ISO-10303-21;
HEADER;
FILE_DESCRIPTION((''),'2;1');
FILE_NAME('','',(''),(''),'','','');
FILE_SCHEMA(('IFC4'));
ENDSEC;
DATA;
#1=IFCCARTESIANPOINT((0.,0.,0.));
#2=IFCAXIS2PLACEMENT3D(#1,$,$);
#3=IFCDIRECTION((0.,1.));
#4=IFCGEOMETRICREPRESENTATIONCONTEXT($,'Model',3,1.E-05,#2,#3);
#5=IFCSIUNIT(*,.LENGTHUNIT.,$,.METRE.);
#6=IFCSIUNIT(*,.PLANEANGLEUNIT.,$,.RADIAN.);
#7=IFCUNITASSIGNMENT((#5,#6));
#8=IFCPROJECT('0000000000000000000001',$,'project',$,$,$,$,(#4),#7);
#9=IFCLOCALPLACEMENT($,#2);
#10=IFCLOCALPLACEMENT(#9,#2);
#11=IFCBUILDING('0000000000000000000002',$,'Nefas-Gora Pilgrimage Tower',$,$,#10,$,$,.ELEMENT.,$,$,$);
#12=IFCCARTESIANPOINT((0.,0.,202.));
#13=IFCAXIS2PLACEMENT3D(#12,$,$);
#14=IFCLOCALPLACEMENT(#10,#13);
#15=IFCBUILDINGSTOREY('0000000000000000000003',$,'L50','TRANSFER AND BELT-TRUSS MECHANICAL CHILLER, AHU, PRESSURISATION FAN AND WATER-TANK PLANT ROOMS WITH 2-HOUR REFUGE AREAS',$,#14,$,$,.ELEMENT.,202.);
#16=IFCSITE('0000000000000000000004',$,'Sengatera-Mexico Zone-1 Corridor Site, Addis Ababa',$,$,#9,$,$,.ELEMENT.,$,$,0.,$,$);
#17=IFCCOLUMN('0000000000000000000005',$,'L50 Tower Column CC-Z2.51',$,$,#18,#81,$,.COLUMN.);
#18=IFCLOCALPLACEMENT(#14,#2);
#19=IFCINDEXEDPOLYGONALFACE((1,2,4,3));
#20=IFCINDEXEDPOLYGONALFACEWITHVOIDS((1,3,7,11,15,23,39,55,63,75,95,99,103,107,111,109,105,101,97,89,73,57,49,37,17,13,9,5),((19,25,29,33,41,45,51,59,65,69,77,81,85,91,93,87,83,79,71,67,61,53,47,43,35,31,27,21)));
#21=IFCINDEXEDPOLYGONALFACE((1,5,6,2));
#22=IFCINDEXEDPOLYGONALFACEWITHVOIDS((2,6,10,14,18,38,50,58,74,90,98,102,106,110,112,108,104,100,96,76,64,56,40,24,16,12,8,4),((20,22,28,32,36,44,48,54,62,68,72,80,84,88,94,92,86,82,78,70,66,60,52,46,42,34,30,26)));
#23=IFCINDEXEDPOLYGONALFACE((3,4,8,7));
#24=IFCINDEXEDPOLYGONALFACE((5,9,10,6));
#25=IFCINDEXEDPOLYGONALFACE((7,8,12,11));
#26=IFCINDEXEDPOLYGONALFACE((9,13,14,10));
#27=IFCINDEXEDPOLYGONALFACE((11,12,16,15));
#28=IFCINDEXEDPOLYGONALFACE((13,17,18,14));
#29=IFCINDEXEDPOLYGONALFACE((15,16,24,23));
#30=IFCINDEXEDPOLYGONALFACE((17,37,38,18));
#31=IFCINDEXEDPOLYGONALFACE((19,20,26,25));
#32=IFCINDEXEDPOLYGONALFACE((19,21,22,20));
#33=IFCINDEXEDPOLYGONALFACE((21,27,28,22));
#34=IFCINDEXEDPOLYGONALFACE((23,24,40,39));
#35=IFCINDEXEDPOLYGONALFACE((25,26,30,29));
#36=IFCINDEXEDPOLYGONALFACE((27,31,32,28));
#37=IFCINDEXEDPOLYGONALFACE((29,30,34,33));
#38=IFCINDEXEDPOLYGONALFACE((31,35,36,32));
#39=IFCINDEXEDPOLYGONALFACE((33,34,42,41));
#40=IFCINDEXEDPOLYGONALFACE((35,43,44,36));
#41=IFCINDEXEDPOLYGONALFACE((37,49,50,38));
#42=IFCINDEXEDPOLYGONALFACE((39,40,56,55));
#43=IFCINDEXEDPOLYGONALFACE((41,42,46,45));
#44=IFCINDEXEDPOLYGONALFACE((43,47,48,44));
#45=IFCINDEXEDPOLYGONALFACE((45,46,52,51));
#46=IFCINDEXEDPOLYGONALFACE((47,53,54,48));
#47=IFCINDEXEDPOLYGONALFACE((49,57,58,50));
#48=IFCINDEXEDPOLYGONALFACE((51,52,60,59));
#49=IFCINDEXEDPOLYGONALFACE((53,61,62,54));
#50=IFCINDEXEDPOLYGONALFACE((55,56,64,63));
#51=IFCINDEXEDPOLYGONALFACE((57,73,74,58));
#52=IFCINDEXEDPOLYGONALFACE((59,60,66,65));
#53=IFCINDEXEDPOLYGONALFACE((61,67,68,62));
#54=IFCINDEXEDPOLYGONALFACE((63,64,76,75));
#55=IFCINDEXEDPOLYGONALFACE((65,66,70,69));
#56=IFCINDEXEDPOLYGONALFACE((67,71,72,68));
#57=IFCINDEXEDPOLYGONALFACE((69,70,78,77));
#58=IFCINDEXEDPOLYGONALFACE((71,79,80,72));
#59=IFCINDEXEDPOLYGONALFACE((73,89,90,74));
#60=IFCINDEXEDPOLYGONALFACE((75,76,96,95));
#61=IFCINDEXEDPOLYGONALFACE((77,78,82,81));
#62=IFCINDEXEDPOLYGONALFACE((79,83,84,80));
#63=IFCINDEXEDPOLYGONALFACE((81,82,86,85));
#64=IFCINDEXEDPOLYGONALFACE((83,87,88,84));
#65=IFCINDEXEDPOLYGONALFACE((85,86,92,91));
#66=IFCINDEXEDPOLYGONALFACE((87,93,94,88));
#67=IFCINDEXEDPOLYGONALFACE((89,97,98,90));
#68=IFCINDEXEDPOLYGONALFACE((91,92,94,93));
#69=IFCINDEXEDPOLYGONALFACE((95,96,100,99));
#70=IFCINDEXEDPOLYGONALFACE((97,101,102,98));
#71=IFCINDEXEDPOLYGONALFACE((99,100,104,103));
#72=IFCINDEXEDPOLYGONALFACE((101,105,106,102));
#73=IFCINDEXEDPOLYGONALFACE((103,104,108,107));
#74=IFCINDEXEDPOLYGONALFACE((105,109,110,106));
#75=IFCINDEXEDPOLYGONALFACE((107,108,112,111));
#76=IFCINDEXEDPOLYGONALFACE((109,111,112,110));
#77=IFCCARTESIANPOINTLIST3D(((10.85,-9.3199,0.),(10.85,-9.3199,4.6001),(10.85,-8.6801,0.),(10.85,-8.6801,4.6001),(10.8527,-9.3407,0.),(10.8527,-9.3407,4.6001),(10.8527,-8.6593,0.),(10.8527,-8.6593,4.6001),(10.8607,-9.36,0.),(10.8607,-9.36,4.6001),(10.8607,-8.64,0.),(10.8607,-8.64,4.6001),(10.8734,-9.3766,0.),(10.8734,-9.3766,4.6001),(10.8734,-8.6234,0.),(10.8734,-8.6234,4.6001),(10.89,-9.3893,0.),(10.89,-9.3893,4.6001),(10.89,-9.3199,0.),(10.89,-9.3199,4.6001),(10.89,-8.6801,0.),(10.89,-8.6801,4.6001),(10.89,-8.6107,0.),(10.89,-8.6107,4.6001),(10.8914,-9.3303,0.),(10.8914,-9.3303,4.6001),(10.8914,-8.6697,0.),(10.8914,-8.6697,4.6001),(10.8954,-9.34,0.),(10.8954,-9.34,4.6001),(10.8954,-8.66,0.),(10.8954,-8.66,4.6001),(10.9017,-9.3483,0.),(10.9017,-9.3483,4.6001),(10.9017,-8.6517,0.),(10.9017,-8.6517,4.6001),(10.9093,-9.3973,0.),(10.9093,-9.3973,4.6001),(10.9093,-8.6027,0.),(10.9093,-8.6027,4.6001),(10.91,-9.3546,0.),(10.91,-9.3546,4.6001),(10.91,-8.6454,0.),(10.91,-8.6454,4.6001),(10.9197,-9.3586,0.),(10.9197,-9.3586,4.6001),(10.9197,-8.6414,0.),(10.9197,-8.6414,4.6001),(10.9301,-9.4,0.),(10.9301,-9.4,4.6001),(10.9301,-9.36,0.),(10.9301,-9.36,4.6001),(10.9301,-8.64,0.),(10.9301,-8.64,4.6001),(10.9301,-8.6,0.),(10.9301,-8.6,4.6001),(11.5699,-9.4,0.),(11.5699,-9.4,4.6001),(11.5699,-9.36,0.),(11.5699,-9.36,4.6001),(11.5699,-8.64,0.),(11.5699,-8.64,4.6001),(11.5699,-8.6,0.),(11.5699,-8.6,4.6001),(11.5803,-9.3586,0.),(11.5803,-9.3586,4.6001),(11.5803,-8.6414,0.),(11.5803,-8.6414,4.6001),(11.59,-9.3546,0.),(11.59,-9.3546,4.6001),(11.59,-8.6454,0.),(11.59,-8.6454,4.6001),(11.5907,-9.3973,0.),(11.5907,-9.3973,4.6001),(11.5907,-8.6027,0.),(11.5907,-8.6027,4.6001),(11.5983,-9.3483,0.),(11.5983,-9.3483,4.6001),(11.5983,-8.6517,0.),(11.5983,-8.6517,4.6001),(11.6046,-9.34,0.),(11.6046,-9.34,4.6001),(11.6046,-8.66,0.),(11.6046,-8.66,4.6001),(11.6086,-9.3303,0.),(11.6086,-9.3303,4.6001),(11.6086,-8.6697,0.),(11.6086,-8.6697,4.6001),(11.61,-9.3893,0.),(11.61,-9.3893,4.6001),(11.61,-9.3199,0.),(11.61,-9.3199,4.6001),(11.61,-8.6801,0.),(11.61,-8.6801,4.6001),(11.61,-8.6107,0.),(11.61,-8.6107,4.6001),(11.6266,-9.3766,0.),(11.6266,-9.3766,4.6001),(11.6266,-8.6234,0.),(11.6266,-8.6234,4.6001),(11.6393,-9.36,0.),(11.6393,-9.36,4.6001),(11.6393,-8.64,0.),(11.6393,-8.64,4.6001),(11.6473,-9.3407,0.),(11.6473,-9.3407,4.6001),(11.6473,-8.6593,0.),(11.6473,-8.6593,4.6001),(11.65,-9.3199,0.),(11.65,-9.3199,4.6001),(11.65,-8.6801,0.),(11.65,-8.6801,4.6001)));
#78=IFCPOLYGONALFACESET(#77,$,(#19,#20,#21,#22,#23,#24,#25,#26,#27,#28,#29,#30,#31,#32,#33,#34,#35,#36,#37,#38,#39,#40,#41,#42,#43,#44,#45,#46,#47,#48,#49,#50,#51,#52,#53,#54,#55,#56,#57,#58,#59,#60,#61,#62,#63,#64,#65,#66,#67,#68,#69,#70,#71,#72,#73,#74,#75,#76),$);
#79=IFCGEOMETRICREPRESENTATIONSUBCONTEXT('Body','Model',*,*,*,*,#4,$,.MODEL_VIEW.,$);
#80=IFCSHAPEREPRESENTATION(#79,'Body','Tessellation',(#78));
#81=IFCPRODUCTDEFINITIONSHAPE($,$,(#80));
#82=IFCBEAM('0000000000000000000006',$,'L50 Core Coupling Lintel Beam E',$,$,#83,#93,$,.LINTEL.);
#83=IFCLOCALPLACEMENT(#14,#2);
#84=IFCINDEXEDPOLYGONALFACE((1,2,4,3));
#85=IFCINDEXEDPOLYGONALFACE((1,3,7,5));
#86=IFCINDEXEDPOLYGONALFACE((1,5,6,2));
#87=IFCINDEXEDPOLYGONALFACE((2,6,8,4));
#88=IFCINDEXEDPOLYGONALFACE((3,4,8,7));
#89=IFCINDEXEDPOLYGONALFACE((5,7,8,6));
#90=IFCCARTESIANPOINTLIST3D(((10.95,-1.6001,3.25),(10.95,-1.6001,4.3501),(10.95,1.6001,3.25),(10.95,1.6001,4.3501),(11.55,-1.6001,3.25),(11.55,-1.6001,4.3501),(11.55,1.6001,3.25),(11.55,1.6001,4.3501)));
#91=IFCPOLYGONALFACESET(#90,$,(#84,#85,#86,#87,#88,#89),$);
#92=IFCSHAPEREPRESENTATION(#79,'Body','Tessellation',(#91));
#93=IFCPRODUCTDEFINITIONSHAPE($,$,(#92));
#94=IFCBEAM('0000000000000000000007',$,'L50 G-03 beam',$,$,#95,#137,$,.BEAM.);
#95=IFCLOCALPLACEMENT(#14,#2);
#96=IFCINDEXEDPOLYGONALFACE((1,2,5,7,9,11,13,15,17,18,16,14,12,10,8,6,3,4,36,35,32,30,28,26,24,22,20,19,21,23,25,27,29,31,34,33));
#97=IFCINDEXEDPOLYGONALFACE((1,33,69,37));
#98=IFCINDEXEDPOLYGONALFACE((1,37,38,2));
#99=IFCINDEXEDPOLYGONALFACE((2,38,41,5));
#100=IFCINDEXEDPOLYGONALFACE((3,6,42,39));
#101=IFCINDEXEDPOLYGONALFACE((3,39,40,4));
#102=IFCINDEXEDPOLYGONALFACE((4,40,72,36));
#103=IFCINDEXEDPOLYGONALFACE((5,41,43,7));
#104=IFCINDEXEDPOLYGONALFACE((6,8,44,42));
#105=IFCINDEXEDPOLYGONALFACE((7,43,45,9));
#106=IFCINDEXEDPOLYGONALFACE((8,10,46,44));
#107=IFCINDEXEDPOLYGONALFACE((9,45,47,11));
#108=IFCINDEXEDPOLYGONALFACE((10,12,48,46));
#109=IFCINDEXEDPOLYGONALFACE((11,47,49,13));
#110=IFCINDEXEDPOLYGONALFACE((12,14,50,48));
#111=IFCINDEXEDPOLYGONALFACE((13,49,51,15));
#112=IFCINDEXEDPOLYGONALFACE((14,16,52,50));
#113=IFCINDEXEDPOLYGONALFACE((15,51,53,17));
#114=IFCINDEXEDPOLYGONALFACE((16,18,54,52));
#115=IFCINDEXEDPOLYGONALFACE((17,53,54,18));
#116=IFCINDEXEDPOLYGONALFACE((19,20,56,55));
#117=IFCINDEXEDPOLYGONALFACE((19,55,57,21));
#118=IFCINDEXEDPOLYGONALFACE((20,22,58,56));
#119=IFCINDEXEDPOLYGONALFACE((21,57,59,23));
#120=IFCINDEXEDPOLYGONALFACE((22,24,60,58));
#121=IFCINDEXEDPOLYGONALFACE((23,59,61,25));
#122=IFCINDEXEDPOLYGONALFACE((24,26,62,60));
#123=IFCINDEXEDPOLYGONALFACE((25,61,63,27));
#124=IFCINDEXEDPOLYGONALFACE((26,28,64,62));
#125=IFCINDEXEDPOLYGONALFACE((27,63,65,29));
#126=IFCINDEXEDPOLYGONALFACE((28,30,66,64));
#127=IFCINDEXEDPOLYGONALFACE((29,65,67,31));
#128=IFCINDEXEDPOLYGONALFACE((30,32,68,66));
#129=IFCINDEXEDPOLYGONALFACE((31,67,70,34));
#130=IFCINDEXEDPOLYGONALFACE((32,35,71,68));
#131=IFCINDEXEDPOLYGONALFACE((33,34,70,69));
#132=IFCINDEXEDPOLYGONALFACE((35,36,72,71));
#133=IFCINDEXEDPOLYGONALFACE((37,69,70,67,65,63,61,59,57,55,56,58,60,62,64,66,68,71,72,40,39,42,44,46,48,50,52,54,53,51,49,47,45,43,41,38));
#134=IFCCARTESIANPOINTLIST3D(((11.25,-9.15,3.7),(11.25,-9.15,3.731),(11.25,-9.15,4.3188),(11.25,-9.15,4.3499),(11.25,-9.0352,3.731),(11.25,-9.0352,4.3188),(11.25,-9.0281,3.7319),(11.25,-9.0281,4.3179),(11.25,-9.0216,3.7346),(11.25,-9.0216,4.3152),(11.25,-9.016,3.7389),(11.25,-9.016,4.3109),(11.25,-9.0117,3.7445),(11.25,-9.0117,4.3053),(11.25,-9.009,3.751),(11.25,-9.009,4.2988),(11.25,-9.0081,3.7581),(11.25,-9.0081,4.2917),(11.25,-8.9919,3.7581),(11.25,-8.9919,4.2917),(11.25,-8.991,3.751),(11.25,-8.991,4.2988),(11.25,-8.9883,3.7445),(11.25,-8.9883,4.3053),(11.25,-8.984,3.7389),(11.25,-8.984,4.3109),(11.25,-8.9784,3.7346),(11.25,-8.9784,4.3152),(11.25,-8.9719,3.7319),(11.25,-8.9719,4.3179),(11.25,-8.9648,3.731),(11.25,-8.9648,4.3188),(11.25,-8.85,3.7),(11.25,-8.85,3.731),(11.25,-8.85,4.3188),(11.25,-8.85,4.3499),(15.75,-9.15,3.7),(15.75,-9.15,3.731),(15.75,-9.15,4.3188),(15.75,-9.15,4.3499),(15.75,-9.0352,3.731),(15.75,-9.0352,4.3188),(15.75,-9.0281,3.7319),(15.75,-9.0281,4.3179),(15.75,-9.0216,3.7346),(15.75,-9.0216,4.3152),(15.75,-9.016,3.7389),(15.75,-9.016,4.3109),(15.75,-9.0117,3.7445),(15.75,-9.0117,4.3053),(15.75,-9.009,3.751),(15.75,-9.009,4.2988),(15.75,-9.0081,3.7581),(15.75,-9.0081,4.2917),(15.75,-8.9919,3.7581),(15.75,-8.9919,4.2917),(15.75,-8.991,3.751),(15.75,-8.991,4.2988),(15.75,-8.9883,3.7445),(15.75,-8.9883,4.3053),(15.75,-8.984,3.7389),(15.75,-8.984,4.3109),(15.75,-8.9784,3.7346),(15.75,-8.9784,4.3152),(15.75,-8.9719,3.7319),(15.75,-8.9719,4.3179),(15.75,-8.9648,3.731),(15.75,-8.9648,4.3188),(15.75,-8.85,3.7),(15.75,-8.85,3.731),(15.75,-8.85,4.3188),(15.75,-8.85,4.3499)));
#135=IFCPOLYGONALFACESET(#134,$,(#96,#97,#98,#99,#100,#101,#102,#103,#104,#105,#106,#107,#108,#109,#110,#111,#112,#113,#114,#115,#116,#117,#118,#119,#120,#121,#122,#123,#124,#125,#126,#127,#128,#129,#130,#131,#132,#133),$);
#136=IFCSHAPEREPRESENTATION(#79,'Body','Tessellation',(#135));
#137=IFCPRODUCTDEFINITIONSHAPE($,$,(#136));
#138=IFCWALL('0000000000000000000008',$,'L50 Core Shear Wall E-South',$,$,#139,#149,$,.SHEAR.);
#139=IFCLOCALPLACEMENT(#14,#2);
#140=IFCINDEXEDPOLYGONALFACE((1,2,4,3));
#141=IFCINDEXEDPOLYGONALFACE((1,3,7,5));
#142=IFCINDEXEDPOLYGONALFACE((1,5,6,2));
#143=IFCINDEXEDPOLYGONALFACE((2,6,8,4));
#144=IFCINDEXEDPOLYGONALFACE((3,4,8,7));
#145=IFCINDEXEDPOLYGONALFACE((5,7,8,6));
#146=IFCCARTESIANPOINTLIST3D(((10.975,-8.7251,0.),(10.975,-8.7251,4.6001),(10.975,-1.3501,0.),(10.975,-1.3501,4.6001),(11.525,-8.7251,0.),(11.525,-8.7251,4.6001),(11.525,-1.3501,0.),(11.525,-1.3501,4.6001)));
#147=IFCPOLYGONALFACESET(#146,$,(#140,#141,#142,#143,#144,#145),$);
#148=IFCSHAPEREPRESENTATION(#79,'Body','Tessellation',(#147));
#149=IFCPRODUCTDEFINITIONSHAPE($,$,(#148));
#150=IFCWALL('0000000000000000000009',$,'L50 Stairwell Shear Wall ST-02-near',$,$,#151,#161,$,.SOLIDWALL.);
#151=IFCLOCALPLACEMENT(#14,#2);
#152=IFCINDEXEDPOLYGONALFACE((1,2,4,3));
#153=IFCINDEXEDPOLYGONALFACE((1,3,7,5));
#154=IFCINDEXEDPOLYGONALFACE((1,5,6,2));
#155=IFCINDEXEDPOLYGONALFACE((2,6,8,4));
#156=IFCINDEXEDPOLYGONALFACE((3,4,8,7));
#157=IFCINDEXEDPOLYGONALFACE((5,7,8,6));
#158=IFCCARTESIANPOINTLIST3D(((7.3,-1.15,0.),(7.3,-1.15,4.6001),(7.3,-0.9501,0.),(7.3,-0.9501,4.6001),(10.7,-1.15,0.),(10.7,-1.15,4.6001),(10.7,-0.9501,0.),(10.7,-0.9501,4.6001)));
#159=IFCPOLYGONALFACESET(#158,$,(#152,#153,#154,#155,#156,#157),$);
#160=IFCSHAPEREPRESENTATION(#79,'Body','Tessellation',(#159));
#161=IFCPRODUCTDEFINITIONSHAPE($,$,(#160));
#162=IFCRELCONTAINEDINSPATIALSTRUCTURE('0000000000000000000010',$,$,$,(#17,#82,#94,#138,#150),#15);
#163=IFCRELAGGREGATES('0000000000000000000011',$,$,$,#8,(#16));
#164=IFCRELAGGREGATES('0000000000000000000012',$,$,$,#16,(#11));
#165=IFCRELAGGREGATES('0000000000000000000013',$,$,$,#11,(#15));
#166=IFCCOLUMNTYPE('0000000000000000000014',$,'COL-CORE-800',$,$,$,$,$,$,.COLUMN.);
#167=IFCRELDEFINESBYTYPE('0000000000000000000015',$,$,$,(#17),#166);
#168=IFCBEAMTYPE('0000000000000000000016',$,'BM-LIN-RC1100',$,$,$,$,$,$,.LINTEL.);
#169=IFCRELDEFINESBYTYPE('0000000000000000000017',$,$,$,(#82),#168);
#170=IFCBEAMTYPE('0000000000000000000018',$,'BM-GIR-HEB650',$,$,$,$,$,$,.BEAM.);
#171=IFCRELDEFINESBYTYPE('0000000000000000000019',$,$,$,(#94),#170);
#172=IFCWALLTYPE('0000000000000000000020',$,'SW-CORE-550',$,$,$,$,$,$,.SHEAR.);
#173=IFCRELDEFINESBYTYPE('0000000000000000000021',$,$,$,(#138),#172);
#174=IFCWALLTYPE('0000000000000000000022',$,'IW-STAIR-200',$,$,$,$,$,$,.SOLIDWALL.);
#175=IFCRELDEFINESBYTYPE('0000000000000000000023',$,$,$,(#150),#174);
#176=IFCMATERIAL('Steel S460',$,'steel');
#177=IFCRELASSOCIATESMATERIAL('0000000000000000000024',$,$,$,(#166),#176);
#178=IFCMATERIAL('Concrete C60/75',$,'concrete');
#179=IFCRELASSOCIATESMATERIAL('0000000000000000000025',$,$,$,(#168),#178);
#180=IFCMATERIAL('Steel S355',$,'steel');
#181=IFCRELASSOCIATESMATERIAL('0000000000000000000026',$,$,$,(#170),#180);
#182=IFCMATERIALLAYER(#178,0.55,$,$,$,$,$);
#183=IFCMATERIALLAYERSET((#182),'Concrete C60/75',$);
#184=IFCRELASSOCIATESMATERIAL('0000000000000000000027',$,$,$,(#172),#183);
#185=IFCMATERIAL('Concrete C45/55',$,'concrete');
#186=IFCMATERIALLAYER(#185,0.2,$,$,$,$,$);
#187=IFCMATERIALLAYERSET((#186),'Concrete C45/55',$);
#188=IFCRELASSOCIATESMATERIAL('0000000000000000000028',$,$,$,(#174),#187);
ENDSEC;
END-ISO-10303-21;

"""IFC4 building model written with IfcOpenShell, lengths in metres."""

from ifc_helpers import new_model, si_unit, direction, frame, frame_2d, origin, origin_2d, place, context, subcontext, project, spatial, rectangle, hollow_rectangle, i_section, extrude, source, transform, mapped, material, layer, layer_set, material_profile, profile_set, type_object, element, save


model = new_model("IFC4")

# Units and contexts
model_context = context("Model", 3, precision=1e-05, world=origin(), true_north=direction((0.0, 1.0)))
body_context = subcontext(model_context, "Body", "Model", "MODEL_VIEW")
ifc_project = project(units=[si_unit("LENGTHUNIT", "METRE"), si_unit("PLANEANGLEUNIT", "RADIAN")], contexts=[model_context])

# Site, building, storey
site_placement = place(None, origin())
site = spatial("IfcSite", under=ifc_project, at=site_placement, Name="Sengatera-Mexico Zone-1 Corridor Site, Addis Ababa", CompositionType="ELEMENT", RefElevation=0.0)
building_placement = place(site_placement, origin())
building = spatial("IfcBuilding", under=site, at=building_placement, Name="Nefas-Gora Pilgrimage Tower", CompositionType="ELEMENT")
storey_placement = place(building_placement, frame((0.0, 0.0, 202.0)))
storey = spatial("IfcBuildingStorey", under=building, at=storey_placement, Name="L50", Description="TRANSFER AND BELT-TRUSS MECHANICAL CHILLER, AHU, PRESSURISATION FAN AND WATER-TANK PLANT ROOMS WITH 2-HOUR REFUGE AREAS", CompositionType="ELEMENT", Elevation=202.0)

# Column
ifc_material_1 = material(Name="Steel S460", Category="steel")
ifc_material_profile_1 = material_profile(ifc_material_1, hollow_rectangle(XDim=0.8, YDim=0.8, WallThickness=0.04, InnerFilletRadius=0.04, OuterFilletRadius=0.0801, at=origin_2d()), Name="BOX 800x800x40")
ifc_profile_set_1 = profile_set([ifc_material_profile_1], Name="Steel S460")
column_type = type_object("IfcColumnType", Name="COL-CORE-800", PredefinedType="COLUMN", material=ifc_profile_set_1)
shared_shape_1 = source(origin(), body_context, "Body", "SweptSolid", [
    extrude(hollow_rectangle(XDim=0.8, YDim=0.8, WallThickness=0.04, InnerFilletRadius=0.04, OuterFilletRadius=0.0801, at=origin_2d()), origin(), (0.0, 0.0, 1.0), 4.6001),
])
column_placement = place(storey_placement, frame((11.25, -9.0, 0.0), z_axis=(0.0, 0.0, 1.0), x_axis=(1.0, 0.0, 0.0)))
element("IfcColumn", 1, at=column_placement, inside=storey, type_object=column_type, Name="L50 Tower Column CC-Z2.51", PredefinedType="COLUMN", context=body_context, shape_type="MappedRepresentation", body=[
    mapped(shared_shape_1, transform((0.0, 0.0, 0.0), x_axis=(1.0, 0.0, 0.0), y_axis=(0.0, 1.0, 0.0), z_axis=(0.0, 0.0, 1.0), scale=1.0)),
])

# Beams
ifc_material_2 = material(Name="Concrete C60/75", Category="concrete")
ifc_material_profile_2 = material_profile(ifc_material_2, rectangle(XDim=0.6001, YDim=1.1001, at=origin_2d()), Name="RC 600x1100")
ifc_profile_set_2 = profile_set([ifc_material_profile_2], Name="Concrete C60/75")
beam_type_1 = type_object("IfcBeamType", Name="BM-LIN-RC1100", PredefinedType="LINTEL", material=ifc_profile_set_2)
shared_shape_2 = source(origin(), body_context, "Body", "SweptSolid", [
    extrude(rectangle(XDim=0.6001, YDim=1.1001, at=origin_2d()), origin(), (0.0, 0.0, 1.0), 3.2002),
])
beam_1_placement = place(storey_placement, frame((11.25, -1.6001, 3.8), z_axis=(0.0, 1.0, 0.0), x_axis=(-1.0, 0.0, 0.0)))
element("IfcBeam", 2, at=beam_1_placement, inside=storey, type_object=beam_type_1, Name="L50 Core Coupling Lintel Beam E", PredefinedType="LINTEL", context=body_context, shape_type="MappedRepresentation", body=[
    mapped(shared_shape_2, transform((0.0, 0.0, 0.0), x_axis=(1.0, 0.0, 0.0), y_axis=(0.0, 1.0, 0.0), z_axis=(0.0, 0.0, 1.0), scale=1.0)),
])
ifc_material_3 = material(Name="Steel S355", Category="steel")
ifc_material_profile_3 = material_profile(ifc_material_3, i_section(OverallWidth=0.3, OverallDepth=0.6499, WebThickness=0.0161, FlangeThickness=0.031, FilletRadius=0.0271, at=origin_2d()), Name="HEB 650")
ifc_profile_set_3 = profile_set([ifc_material_profile_3], Name="Steel S355")
beam_type_2 = type_object("IfcBeamType", Name="BM-GIR-HEB650", PredefinedType="BEAM", material=ifc_profile_set_3)
shared_shape_3 = source(origin(), body_context, "Body", "SweptSolid", [
    extrude(i_section(OverallWidth=0.3, OverallDepth=0.6499, WebThickness=0.0161, FlangeThickness=0.031, FilletRadius=0.0271, at=origin_2d()), origin(), (0.0, 0.0, 1.0), 4.5),
])
beam_2_placement = place(storey_placement, frame((11.25, -9.0, 4.0249), z_axis=(1.0, 0.0, 0.0), x_axis=(0.0, 1.0, 0.0)))
element("IfcBeam", 3, at=beam_2_placement, inside=storey, type_object=beam_type_2, Name="L50 G-03 beam", PredefinedType="BEAM", context=body_context, shape_type="MappedRepresentation", body=[
    mapped(shared_shape_3, transform((0.0, 0.0, 0.0), x_axis=(1.0, 0.0, 0.0), y_axis=(0.0, 1.0, 0.0), z_axis=(0.0, 0.0, 1.0), scale=1.0)),
])

# Walls
ifc_layer_1 = layer(ifc_material_2, 0.55)
ifc_layer_set_1 = layer_set([ifc_layer_1], Name="Concrete C60/75")
wall_type_1 = type_object("IfcWallType", Name="SW-CORE-550", PredefinedType="SHEAR", material=ifc_layer_set_1)
shared_shape_4 = source(origin(), body_context, "Body", "SweptSolid", [
    extrude(rectangle(XDim=7.375, YDim=0.55, at=frame_2d((3.6875, 0.0))), origin(), (0.0, 0.0, 1.0), 4.6001),
])
wall_1_placement = place(storey_placement, frame((11.25, -8.7251, 0.0), z_axis=(0.0, 0.0, 1.0), x_axis=(0.0, 1.0, 0.0)))
element("IfcWall", 4, at=wall_1_placement, inside=storey, type_object=wall_type_1, Name="L50 Core Shear Wall E-South", PredefinedType="SHEAR", context=body_context, shape_type="MappedRepresentation", body=[
    mapped(shared_shape_4, transform((0.0, 0.0, 0.0), x_axis=(1.0, 0.0, 0.0), y_axis=(0.0, 1.0, 0.0), z_axis=(0.0, 0.0, 1.0), scale=1.0)),
])
ifc_material_4 = material(Name="Concrete C45/55", Category="concrete")
ifc_layer_2 = layer(ifc_material_4, 0.2)
ifc_layer_set_2 = layer_set([ifc_layer_2], Name="Concrete C45/55")
wall_type_2 = type_object("IfcWallType", Name="IW-STAIR-200", PredefinedType="SOLIDWALL", material=ifc_layer_set_2)
shared_shape_5 = source(origin(), body_context, "Body", "SweptSolid", [
    extrude(rectangle(XDim=3.3999, YDim=0.2, at=frame_2d((1.7, 0.0))), origin(), (0.0, 0.0, 1.0), 4.6001),
])
wall_2_placement = place(storey_placement, frame((7.3, -1.05, 0.0), z_axis=(0.0, 0.0, 1.0), x_axis=(1.0, 0.0, 0.0)))
element("IfcWall", 5, at=wall_2_placement, inside=storey, type_object=wall_type_2, Name="L50 Stairwell Shear Wall ST-02-near", PredefinedType="SOLIDWALL", context=body_context, shape_type="MappedRepresentation", body=[
    mapped(shared_shape_5, transform((0.0, 0.0, 0.0), x_axis=(1.0, 0.0, 0.0), y_axis=(0.0, 1.0, 0.0), z_axis=(0.0, 0.0, 1.0), scale=1.0)),
])

save(model, "model.ifc")
